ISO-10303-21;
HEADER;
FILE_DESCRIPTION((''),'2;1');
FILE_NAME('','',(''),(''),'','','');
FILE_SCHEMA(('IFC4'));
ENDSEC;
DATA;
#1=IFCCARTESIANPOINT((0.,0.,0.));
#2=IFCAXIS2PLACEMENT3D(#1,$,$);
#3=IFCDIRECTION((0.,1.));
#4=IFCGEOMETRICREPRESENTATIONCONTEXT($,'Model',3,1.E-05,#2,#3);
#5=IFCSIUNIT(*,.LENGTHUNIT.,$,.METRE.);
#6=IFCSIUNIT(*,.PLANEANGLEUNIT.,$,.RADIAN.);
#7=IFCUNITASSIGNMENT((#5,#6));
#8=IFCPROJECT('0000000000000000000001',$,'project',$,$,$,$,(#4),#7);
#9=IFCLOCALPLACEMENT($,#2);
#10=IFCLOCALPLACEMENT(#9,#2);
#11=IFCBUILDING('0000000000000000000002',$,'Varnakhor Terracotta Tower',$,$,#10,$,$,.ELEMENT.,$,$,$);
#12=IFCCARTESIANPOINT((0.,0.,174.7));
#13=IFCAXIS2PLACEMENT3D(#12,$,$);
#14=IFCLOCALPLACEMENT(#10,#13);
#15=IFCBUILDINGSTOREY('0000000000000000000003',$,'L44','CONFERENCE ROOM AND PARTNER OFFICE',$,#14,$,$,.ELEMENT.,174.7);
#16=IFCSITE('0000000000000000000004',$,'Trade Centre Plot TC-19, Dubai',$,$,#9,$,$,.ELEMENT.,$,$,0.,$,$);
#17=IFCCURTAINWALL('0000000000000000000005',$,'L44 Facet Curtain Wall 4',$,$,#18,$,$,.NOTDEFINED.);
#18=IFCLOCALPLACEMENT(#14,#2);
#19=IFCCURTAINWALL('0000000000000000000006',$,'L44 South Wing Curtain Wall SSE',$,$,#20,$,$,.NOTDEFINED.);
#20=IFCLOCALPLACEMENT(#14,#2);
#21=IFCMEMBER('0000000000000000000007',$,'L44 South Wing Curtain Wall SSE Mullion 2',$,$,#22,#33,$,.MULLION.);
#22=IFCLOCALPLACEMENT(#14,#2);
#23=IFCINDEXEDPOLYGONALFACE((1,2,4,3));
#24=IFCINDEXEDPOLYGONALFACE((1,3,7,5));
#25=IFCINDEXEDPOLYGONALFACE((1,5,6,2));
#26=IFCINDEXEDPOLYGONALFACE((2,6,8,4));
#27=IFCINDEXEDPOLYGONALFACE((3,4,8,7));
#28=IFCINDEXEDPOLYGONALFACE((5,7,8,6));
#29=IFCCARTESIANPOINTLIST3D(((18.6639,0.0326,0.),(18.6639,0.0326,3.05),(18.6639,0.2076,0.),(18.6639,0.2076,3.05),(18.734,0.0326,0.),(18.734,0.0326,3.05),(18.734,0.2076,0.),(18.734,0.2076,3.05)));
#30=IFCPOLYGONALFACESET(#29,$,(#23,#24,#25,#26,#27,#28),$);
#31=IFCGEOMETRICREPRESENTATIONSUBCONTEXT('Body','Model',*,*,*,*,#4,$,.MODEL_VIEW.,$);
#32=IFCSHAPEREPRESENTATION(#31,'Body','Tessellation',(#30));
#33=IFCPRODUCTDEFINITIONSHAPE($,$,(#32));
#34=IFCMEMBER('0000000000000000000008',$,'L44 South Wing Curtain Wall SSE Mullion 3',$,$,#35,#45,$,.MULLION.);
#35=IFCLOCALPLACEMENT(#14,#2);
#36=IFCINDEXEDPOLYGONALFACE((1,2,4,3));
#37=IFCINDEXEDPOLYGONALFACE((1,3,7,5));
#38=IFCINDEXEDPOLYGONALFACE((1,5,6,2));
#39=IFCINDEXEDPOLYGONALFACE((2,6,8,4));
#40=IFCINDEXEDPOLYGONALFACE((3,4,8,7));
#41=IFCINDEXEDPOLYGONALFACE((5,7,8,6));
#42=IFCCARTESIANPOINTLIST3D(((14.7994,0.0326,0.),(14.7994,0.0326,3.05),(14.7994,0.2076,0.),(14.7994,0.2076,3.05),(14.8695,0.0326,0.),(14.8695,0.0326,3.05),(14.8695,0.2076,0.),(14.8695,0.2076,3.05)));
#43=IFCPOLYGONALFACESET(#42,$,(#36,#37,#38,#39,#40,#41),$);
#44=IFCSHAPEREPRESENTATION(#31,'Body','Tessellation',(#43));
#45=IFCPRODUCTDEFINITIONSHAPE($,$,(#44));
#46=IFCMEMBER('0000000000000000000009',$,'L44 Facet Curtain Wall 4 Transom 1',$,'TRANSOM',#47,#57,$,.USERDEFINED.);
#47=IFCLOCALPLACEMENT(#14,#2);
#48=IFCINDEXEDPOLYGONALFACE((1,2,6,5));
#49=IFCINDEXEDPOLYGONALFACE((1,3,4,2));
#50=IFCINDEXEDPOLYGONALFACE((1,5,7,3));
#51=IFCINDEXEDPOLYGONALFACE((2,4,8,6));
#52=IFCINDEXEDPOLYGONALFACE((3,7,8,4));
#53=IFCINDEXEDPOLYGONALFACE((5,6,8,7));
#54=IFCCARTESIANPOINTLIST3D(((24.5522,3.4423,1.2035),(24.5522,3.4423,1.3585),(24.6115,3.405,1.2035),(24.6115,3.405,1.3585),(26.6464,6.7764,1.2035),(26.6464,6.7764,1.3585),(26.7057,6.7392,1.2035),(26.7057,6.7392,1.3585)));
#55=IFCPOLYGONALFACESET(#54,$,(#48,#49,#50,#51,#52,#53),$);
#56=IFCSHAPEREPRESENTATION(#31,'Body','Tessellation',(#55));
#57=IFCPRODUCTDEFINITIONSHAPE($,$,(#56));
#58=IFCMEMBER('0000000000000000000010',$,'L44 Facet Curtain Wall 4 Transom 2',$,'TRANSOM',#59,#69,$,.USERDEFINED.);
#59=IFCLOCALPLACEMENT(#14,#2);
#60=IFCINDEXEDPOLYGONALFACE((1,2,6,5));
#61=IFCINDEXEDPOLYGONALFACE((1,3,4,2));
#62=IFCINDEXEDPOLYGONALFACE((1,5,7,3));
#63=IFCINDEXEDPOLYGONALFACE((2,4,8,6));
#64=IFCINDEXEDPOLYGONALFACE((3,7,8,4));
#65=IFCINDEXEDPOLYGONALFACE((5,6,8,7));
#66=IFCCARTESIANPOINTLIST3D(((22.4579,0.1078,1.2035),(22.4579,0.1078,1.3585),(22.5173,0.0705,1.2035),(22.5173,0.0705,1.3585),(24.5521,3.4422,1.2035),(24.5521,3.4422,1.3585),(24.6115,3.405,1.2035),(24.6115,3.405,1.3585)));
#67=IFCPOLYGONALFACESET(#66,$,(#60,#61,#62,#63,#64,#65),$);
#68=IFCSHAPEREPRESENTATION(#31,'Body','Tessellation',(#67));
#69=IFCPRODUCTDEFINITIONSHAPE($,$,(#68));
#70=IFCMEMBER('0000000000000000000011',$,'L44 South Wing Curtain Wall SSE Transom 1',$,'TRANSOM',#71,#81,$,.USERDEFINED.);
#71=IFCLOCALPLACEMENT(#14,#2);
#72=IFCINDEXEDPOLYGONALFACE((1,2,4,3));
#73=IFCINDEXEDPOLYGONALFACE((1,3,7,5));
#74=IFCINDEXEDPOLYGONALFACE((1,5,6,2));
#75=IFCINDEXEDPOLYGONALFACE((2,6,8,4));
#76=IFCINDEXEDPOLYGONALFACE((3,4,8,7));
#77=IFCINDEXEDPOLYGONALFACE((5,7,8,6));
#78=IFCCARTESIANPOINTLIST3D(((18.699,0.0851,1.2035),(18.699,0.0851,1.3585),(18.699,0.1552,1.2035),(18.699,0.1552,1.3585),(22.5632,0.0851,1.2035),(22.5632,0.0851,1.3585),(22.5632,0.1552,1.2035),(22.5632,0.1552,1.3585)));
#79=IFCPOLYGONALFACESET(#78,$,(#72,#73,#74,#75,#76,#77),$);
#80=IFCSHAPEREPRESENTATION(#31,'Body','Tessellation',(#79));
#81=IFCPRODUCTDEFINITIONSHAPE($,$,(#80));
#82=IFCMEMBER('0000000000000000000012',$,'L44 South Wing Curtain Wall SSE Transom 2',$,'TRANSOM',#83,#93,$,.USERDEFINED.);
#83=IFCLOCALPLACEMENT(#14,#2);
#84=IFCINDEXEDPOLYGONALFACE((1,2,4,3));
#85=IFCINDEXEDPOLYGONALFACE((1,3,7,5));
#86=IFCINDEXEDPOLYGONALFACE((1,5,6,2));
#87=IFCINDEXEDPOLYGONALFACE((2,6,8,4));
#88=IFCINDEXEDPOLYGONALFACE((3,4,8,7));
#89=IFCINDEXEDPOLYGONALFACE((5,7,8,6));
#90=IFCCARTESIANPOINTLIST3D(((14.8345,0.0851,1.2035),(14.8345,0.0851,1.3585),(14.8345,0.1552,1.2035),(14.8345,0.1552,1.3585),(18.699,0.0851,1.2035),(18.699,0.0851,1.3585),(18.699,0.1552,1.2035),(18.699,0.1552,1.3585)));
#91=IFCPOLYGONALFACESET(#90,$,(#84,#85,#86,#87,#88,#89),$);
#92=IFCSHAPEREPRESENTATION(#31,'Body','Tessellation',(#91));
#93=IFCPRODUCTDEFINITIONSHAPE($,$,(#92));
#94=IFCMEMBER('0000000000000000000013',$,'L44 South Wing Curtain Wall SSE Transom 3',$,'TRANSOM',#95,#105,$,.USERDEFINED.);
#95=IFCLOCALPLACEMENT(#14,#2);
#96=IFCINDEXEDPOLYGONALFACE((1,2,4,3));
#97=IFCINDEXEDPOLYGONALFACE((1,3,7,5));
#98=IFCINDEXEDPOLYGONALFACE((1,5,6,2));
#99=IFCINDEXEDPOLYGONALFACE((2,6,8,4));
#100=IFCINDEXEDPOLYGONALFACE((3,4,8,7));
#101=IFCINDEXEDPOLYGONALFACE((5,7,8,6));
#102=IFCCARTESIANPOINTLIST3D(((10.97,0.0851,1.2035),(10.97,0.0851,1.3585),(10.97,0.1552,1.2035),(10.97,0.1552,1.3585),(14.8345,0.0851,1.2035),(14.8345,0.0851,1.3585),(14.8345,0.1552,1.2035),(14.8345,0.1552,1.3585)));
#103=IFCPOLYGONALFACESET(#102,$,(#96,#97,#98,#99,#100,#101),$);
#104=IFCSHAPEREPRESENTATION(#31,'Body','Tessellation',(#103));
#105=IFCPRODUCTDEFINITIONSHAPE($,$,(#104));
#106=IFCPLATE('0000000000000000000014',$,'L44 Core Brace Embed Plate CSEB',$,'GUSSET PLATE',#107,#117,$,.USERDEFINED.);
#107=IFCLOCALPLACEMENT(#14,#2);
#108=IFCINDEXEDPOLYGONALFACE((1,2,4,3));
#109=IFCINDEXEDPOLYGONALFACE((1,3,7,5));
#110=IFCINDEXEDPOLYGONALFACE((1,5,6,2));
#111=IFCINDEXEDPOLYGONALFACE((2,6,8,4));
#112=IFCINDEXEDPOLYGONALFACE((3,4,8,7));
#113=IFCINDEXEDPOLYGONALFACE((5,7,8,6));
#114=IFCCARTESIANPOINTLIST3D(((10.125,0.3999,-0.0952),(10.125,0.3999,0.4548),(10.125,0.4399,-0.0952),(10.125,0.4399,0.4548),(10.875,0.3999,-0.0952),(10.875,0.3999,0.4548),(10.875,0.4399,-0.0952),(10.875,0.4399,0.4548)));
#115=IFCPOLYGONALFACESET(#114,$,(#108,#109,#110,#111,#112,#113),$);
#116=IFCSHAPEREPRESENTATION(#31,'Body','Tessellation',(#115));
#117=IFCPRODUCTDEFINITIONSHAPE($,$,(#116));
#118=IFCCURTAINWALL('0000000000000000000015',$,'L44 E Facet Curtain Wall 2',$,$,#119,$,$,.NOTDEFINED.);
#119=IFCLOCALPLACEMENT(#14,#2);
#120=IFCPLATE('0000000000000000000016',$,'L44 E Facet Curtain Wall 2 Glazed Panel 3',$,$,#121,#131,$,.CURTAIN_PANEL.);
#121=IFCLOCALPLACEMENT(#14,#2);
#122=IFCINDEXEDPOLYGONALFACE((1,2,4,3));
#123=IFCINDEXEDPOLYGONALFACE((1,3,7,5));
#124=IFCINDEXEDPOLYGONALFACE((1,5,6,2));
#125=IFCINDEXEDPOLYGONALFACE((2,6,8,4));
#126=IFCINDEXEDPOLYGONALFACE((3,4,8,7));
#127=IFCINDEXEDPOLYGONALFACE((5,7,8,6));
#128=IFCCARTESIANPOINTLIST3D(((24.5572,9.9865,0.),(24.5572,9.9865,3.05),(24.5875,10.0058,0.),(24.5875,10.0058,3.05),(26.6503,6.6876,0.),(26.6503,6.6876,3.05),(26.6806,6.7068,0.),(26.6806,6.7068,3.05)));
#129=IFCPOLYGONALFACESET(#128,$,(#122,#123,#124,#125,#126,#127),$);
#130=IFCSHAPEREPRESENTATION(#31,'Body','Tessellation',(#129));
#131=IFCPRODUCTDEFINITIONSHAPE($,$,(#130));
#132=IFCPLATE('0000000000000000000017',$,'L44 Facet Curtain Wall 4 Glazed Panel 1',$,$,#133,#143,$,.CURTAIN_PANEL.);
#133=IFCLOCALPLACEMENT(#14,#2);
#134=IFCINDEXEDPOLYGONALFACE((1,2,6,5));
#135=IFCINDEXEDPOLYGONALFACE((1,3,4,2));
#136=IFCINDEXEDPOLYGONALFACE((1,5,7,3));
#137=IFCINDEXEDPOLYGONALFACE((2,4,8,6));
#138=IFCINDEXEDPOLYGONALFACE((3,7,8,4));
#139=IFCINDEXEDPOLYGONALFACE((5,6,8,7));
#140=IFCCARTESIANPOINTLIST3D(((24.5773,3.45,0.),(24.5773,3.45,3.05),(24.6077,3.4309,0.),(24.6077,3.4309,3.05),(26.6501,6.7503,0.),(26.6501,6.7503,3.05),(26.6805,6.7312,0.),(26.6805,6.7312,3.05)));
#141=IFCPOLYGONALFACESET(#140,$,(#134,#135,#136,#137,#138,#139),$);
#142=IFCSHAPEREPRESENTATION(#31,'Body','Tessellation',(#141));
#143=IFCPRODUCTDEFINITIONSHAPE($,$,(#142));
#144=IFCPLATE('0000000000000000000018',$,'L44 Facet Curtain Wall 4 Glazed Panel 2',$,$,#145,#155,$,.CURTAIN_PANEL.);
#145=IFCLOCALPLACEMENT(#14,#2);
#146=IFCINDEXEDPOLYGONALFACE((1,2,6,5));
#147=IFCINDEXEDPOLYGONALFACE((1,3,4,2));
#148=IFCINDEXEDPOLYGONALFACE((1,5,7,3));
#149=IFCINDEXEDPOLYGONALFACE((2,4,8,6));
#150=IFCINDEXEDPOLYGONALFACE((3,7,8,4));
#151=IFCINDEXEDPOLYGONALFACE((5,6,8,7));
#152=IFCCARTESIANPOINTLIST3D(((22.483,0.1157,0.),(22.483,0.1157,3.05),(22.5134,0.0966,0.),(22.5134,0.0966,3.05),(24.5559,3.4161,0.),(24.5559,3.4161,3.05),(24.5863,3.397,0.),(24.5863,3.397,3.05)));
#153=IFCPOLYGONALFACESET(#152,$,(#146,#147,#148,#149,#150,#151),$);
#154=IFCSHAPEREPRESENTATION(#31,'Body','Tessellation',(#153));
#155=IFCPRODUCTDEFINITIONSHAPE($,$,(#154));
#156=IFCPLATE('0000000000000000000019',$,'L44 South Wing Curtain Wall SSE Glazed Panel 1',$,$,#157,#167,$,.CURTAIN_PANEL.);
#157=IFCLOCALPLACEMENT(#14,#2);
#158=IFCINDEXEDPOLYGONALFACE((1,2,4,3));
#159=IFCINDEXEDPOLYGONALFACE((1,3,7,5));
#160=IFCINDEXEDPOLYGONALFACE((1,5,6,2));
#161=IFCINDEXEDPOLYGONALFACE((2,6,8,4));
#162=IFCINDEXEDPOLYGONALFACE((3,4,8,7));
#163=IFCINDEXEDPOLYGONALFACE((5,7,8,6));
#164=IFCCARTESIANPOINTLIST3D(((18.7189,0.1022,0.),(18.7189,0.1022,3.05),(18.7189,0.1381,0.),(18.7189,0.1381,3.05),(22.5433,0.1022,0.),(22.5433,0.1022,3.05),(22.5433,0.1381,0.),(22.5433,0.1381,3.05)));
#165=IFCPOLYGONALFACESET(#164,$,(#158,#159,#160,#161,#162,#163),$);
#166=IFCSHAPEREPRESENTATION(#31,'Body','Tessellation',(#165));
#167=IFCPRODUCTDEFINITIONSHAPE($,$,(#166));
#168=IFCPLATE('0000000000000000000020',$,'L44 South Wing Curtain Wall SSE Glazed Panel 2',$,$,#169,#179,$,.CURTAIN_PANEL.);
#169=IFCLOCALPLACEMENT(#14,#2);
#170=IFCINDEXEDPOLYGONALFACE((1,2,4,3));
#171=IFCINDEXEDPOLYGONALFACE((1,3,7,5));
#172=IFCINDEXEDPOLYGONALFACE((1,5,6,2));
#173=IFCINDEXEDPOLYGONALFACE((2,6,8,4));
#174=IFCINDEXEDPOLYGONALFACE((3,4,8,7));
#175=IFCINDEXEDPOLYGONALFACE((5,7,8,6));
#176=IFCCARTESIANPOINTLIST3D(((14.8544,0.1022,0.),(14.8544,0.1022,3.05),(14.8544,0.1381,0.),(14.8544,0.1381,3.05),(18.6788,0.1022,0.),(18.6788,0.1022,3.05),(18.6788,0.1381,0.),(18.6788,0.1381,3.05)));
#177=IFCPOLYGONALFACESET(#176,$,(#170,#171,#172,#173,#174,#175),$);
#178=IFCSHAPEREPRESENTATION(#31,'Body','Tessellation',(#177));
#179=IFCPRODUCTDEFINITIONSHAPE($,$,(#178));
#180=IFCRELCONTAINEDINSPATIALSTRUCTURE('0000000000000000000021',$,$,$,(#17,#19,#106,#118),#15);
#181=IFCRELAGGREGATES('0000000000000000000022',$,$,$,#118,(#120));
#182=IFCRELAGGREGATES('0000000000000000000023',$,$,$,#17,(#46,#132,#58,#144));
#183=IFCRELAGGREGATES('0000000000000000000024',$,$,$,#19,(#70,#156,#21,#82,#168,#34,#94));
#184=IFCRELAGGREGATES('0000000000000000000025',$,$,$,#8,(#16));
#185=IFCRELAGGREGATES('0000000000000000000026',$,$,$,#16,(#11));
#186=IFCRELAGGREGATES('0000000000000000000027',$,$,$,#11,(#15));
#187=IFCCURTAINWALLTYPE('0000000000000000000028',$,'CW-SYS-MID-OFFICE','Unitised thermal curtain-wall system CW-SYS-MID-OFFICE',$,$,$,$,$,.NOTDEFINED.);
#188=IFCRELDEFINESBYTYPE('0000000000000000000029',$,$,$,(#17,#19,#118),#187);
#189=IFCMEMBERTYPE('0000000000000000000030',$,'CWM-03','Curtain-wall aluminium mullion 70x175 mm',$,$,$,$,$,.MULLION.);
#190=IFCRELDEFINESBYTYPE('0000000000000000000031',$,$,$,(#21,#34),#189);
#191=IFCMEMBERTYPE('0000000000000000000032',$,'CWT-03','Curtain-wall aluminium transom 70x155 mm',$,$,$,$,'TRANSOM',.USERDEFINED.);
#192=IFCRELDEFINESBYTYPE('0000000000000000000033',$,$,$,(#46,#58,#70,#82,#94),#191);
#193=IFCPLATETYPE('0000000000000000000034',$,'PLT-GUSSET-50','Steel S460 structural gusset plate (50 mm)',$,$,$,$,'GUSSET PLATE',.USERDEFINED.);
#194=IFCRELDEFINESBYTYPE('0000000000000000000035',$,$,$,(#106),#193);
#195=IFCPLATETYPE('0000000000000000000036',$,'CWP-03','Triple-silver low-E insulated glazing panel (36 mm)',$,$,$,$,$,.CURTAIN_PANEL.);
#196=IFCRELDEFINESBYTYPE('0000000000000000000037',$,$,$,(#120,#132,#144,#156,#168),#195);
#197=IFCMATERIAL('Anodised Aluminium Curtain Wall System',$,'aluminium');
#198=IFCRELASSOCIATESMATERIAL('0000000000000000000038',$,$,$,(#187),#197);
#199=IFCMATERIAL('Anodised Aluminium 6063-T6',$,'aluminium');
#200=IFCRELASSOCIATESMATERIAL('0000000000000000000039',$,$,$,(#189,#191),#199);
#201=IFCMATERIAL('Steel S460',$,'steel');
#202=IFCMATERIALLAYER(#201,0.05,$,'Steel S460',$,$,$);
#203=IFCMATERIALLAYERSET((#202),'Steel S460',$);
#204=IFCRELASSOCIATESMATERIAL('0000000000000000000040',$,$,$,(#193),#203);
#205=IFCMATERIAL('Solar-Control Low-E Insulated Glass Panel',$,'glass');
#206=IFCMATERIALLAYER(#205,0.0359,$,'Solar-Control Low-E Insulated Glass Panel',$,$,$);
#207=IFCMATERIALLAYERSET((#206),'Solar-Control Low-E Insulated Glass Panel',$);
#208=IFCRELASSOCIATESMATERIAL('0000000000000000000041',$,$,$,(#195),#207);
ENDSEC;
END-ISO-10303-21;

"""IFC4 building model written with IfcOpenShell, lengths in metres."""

from ifc_helpers import new_model, si_unit, direction, frame, origin, origin_2d, place, context, subcontext, project, spatial, rectangle, extrude, source, transform, mapped, material, layer, layer_set, material_profile, profile_set, type_object, type_shapes, element, aggregate, save


model = new_model("IFC4")

# Units and contexts
model_context = context("Model", 3, precision=1e-05, world=origin(), true_north=direction((0.0, 1.0)))
body_context = subcontext(model_context, "Body", "Model", "MODEL_VIEW")
ifc_project = project(units=[si_unit("LENGTHUNIT", "METRE"), si_unit("PLANEANGLEUNIT", "RADIAN")], contexts=[model_context])

# Site, building, storey
site_placement = place(None, origin())
site = spatial("IfcSite", under=ifc_project, at=site_placement, Name="Trade Centre Plot TC-19, Dubai", CompositionType="ELEMENT", RefElevation=0.0)
building_placement = place(site_placement, origin())
building = spatial("IfcBuilding", under=site, at=building_placement, Name="Varnakhor Terracotta Tower", CompositionType="ELEMENT")
storey_placement = place(building_placement, frame((0.0, 0.0, 174.7)))
storey = spatial("IfcBuildingStorey", under=building, at=storey_placement, Name="L44", Description="CONFERENCE ROOM AND PARTNER OFFICE", CompositionType="ELEMENT", Elevation=174.7)

# Shared definitions
ifc_material_1 = material(Name="Steel S460", Category="steel")

# Curtain walls, members
ifc_material_2 = material(Name="Anodised Aluminium Curtain Wall System", Category="aluminium")
curtain_wall_type = type_object("IfcCurtainWallType", Name="CW-SYS-MID-OFFICE", Description="Unitised thermal curtain-wall system CW-SYS-MID-OFFICE", PredefinedType="NOTDEFINED", material=ifc_material_2)
curtain_wall_1_placement = place(storey_placement, origin())
curtain_wall_1 = element("IfcCurtainWall", 1, at=curtain_wall_1_placement, inside=storey, type_object=curtain_wall_type, Name="L44 Facet Curtain Wall 4", PredefinedType="NOTDEFINED")
ifc_material_3 = material(Name="Anodised Aluminium 6063-T6", Category="aluminium")
ifc_material_profile_1 = material_profile(ifc_material_3, rectangle(XDim=0.0701, YDim=0.175, at=origin_2d()), Name="ALU MULLION 70x175")
ifc_profile_set_1 = profile_set([ifc_material_profile_1], Name="Anodised Aluminium 6063-T6")
member_type_1 = type_object("IfcMemberType", Name="CWM-03", Description="Curtain-wall aluminium mullion 70x175 mm", PredefinedType="MULLION", material=ifc_profile_set_1)
shared_shape_1 = source(origin(), body_context, "Body", "SweptSolid", [
    extrude(rectangle(XDim=0.0701, YDim=0.175, at=origin_2d()), origin(), (0.0, 0.0, 1.0), 3.05),
])
curtain_wall_2_placement = place(storey_placement, origin())
curtain_wall_2 = element("IfcCurtainWall", 2, at=curtain_wall_2_placement, inside=storey, type_object=curtain_wall_type, Name="L44 South Wing Curtain Wall SSE", PredefinedType="NOTDEFINED")
member_1_placement = place(storey_placement, frame((18.699, 0.1201, 0.0), z_axis=(0.0, 0.0, 1.0), x_axis=(1.0, 0.0, 0.0)))
member_1 = element("IfcMember", 3, at=member_1_placement, type_object=member_type_1, Name="L44 South Wing Curtain Wall SSE Mullion 2", PredefinedType="MULLION", context=body_context, shape_type="MappedRepresentation", body=[
    mapped(shared_shape_1, transform((0.0, 0.0, 0.0), scale=1.0)),
])
member_2_placement = place(storey_placement, frame((14.8345, 0.1201, 0.0), z_axis=(0.0, 0.0, 1.0), x_axis=(1.0, 0.0, 0.0)))
member_2 = element("IfcMember", 4, at=member_2_placement, type_object=member_type_1, Name="L44 South Wing Curtain Wall SSE Mullion 3", PredefinedType="MULLION", context=body_context, shape_type="MappedRepresentation", body=[
    mapped(shared_shape_1, transform((0.0, 0.0, 0.0), scale=1.0)),
])

# Members
ifc_material_profile_2 = material_profile(ifc_material_3, rectangle(XDim=0.0701, YDim=0.155, at=origin_2d()), Name="ALU TRANSOM 70x155")
ifc_profile_set_2 = profile_set([ifc_material_profile_2], Name="Anodised Aluminium 6063-T6")
member_type_2 = type_object("IfcMemberType", Name="CWT-03", Description="Curtain-wall aluminium transom 70x155 mm", ElementType="TRANSOM", PredefinedType="USERDEFINED", material=ifc_profile_set_2)
shared_shape_2 = source(origin(), body_context, "Body", "SweptSolid", [
    extrude(rectangle(XDim=0.0701, YDim=0.155, at=origin_2d()), origin(), (0.0, 0.0, 1.0), 3.9373),
])
member_3_placement = place(storey_placement, frame((26.676, 6.7578, 1.281), z_axis=(-0.531887, -0.846815, 0.0), x_axis=(0.846815, -0.531887, 0.0)))
member_3 = element("IfcMember", 5, at=member_3_placement, type_object=member_type_2, Name="L44 Facet Curtain Wall 4 Transom 1", ObjectType="TRANSOM", PredefinedType="USERDEFINED", context=body_context, shape_type="MappedRepresentation", body=[
    mapped(shared_shape_2, transform((0.0, 0.0, 0.0), scale=1.0)),
])
shared_shape_3 = source(origin(), body_context, "Body", "SweptSolid", [
    extrude(rectangle(XDim=0.0701, YDim=0.155, at=origin_2d()), origin(), (0.0, 0.0, 1.0), 3.9375),
])
member_4_placement = place(storey_placement, frame((24.5818, 3.4236, 1.281), z_axis=(-0.531859, -0.846833, 0.0), x_axis=(0.846833, -0.531859, 0.0)))
member_4 = element("IfcMember", 6, at=member_4_placement, type_object=member_type_2, Name="L44 Facet Curtain Wall 4 Transom 2", ObjectType="TRANSOM", PredefinedType="USERDEFINED", context=body_context, shape_type="MappedRepresentation", body=[
    mapped(shared_shape_3, transform((0.0, 0.0, 0.0), scale=1.0)),
])
shared_shape_4 = source(origin(), body_context, "Body", "SweptSolid", [
    extrude(rectangle(XDim=0.0701, YDim=0.155, at=origin_2d()), origin(), (0.0, 0.0, 1.0), 3.8643),
])
member_5_placement = place(storey_placement, frame((22.5632, 0.1201, 1.281), z_axis=(-1.0, 0.0, 0.0), x_axis=(0.0, -1.0, 0.0)))
member_5 = element("IfcMember", 7, at=member_5_placement, type_object=member_type_2, Name="L44 South Wing Curtain Wall SSE Transom 1", ObjectType="TRANSOM", PredefinedType="USERDEFINED", context=body_context, shape_type="MappedRepresentation", body=[
    mapped(shared_shape_4, transform((0.0, 0.0, 0.0), scale=1.0)),
])
shared_shape_5 = source(origin(), body_context, "Body", "SweptSolid", [
    extrude(rectangle(XDim=0.0701, YDim=0.155, at=origin_2d()), origin(), (0.0, 0.0, 1.0), 3.8645),
])
member_6_placement = place(storey_placement, frame((18.699, 0.1201, 1.281), z_axis=(-1.0, 0.0, 0.0), x_axis=(0.0, -1.0, 0.0)))
member_6 = element("IfcMember", 8, at=member_6_placement, type_object=member_type_2, Name="L44 South Wing Curtain Wall SSE Transom 2", ObjectType="TRANSOM", PredefinedType="USERDEFINED", context=body_context, shape_type="MappedRepresentation", body=[
    mapped(shared_shape_5, transform((0.0, 0.0, 0.0), scale=1.0)),
])
member_7_placement = place(storey_placement, frame((14.8345, 0.1201, 1.281), z_axis=(-1.0, 0.0, 0.0), x_axis=(0.0, -1.0, 0.0)))
member_7 = element("IfcMember", 9, at=member_7_placement, type_object=member_type_2, Name="L44 South Wing Curtain Wall SSE Transom 3", ObjectType="TRANSOM", PredefinedType="USERDEFINED", context=body_context, shape_type="MappedRepresentation", body=[
    mapped(shared_shape_5, transform((0.0, 0.0, 0.0), scale=1.0)),
])

# Plate
ifc_layer_1 = layer(ifc_material_1, 0.05, Name="Steel S460")
ifc_layer_set_1 = layer_set([ifc_layer_1], Name="Steel S460")
plate_type_1 = type_object("IfcPlateType", Name="PLT-GUSSET-50", Description="Steel S460 structural gusset plate (50 mm)", ElementType="GUSSET PLATE", PredefinedType="USERDEFINED", material=ifc_layer_set_1)
shared_shape_6 = source(origin(), body_context, "Body", "SweptSolid", [
    extrude(rectangle(XDim=0.75, YDim=0.04, at=origin_2d()), origin(), (0.0, 0.0, 1.0), 0.55),
])
type_shapes(plate_type_1, [shared_shape_6])
plate_1_placement = place(storey_placement, frame((10.5, 0.4199, -0.0952), z_axis=(0.0, 0.0, 1.0), x_axis=(1.0, 0.0, 0.0)))
element("IfcPlate", 10, at=plate_1_placement, inside=storey, type_object=plate_type_1, Name="L44 Core Brace Embed Plate CSEB", ObjectType="GUSSET PLATE", PredefinedType="USERDEFINED", context=body_context, shape_type="MappedRepresentation", body=[
    mapped(shared_shape_6, transform((0.0, 0.0, 0.0), scale=1.0)),
])

# Curtain wall, plate
curtain_wall_3_placement = place(storey_placement, origin())
curtain_wall_3 = element("IfcCurtainWall", 11, at=curtain_wall_3_placement, inside=storey, type_object=curtain_wall_type, Name="L44 E Facet Curtain Wall 2", PredefinedType="NOTDEFINED")
ifc_material_4 = material(Name="Solar-Control Low-E Insulated Glass Panel", Category="glass")
ifc_layer_2 = layer(ifc_material_4, 0.0359, Name="Solar-Control Low-E Insulated Glass Panel")
ifc_layer_set_2 = layer_set([ifc_layer_2], Name="Solar-Control Low-E Insulated Glass Panel")
plate_type_2 = type_object("IfcPlateType", Name="CWP-03", Description="Triple-silver low-E insulated glazing panel (36 mm)", PredefinedType="CURTAIN_PANEL", material=ifc_layer_set_2)
shared_shape_7 = source(origin(), body_context, "Body", "SweptSolid", [
    extrude(rectangle(XDim=3.907, YDim=0.0359, at=origin_2d()), origin(), (0.0, 0.0, 1.0), 3.05),
])
plate_2_placement = place(storey_placement, frame((25.6189, 8.3467, 0.0), z_axis=(0.0, 0.0, 1.0), x_axis=(0.535753, -0.844375, 0.0)))
plate_2 = element("IfcPlate", 12, at=plate_2_placement, type_object=plate_type_2, Name="L44 E Facet Curtain Wall 2 Glazed Panel 3", PredefinedType="CURTAIN_PANEL", context=body_context, shape_type="MappedRepresentation", body=[
    mapped(shared_shape_7, transform((0.0, 0.0, 0.0), scale=1.0)),
])
aggregate(curtain_wall_3, [plate_2])

# Plates
shared_shape_8 = source(origin(), body_context, "Body", "SweptSolid", [
    extrude(rectangle(XDim=3.8972, YDim=0.0359, at=origin_2d()), origin(), (0.0, 0.0, 1.0), 3.05),
])
plate_3_placement = place(storey_placement, frame((25.6289, 5.0906, 0.0), z_axis=(0.0, 0.0, 1.0), x_axis=(-0.531872, -0.846825, 0.0)))
plate_3 = element("IfcPlate", 13, at=plate_3_placement, type_object=plate_type_2, Name="L44 Facet Curtain Wall 4 Glazed Panel 1", PredefinedType="CURTAIN_PANEL", context=body_context, shape_type="MappedRepresentation", body=[
    mapped(shared_shape_8, transform((0.0, 0.0, 0.0), scale=1.0)),
])
shared_shape_9 = source(origin(), body_context, "Body", "SweptSolid", [
    extrude(rectangle(XDim=3.8975, YDim=0.0359, at=origin_2d()), origin(), (0.0, 0.0, 1.0), 3.05),
])
plate_4_placement = place(storey_placement, frame((23.5347, 1.7563, 0.0), z_axis=(0.0, 0.0, 1.0), x_axis=(-0.531872, -0.846825, 0.0)))
plate_4 = element("IfcPlate", 14, at=plate_4_placement, type_object=plate_type_2, Name="L44 Facet Curtain Wall 4 Glazed Panel 2", PredefinedType="CURTAIN_PANEL", context=body_context, shape_type="MappedRepresentation", body=[
    mapped(shared_shape_9, transform((0.0, 0.0, 0.0), scale=1.0)),
])
aggregate(curtain_wall_1, [member_3, plate_3, member_4, plate_4])
shared_shape_10 = source(origin(), body_context, "Body", "SweptSolid", [
    extrude(rectangle(XDim=3.8245, YDim=0.0359, at=origin_2d()), origin(), (0.0, 0.0, 1.0), 3.05),
])
plate_5_placement = place(storey_placement, frame((20.6311, 0.1201, 0.0), z_axis=(0.0, 0.0, 1.0), x_axis=(-1.0, 0.0, 0.0)))
plate_5 = element("IfcPlate", 15, at=plate_5_placement, type_object=plate_type_2, Name="L44 South Wing Curtain Wall SSE Glazed Panel 1", PredefinedType="CURTAIN_PANEL", context=body_context, shape_type="MappedRepresentation", body=[
    mapped(shared_shape_10, transform((0.0, 0.0, 0.0), scale=1.0)),
])
plate_6_placement = place(storey_placement, frame((16.7666, 0.1201, 0.0), z_axis=(0.0, 0.0, 1.0), x_axis=(-1.0, 0.0, 0.0)))
plate_6 = element("IfcPlate", 16, at=plate_6_placement, type_object=plate_type_2, Name="L44 South Wing Curtain Wall SSE Glazed Panel 2", PredefinedType="CURTAIN_PANEL", context=body_context, shape_type="MappedRepresentation", body=[
    mapped(shared_shape_10, transform((0.0, 0.0, 0.0), scale=1.0)),
])
aggregate(curtain_wall_2, [member_5, plate_5, member_1, member_6, plate_6, member_2, member_7])

save(model, "model.ifc")
